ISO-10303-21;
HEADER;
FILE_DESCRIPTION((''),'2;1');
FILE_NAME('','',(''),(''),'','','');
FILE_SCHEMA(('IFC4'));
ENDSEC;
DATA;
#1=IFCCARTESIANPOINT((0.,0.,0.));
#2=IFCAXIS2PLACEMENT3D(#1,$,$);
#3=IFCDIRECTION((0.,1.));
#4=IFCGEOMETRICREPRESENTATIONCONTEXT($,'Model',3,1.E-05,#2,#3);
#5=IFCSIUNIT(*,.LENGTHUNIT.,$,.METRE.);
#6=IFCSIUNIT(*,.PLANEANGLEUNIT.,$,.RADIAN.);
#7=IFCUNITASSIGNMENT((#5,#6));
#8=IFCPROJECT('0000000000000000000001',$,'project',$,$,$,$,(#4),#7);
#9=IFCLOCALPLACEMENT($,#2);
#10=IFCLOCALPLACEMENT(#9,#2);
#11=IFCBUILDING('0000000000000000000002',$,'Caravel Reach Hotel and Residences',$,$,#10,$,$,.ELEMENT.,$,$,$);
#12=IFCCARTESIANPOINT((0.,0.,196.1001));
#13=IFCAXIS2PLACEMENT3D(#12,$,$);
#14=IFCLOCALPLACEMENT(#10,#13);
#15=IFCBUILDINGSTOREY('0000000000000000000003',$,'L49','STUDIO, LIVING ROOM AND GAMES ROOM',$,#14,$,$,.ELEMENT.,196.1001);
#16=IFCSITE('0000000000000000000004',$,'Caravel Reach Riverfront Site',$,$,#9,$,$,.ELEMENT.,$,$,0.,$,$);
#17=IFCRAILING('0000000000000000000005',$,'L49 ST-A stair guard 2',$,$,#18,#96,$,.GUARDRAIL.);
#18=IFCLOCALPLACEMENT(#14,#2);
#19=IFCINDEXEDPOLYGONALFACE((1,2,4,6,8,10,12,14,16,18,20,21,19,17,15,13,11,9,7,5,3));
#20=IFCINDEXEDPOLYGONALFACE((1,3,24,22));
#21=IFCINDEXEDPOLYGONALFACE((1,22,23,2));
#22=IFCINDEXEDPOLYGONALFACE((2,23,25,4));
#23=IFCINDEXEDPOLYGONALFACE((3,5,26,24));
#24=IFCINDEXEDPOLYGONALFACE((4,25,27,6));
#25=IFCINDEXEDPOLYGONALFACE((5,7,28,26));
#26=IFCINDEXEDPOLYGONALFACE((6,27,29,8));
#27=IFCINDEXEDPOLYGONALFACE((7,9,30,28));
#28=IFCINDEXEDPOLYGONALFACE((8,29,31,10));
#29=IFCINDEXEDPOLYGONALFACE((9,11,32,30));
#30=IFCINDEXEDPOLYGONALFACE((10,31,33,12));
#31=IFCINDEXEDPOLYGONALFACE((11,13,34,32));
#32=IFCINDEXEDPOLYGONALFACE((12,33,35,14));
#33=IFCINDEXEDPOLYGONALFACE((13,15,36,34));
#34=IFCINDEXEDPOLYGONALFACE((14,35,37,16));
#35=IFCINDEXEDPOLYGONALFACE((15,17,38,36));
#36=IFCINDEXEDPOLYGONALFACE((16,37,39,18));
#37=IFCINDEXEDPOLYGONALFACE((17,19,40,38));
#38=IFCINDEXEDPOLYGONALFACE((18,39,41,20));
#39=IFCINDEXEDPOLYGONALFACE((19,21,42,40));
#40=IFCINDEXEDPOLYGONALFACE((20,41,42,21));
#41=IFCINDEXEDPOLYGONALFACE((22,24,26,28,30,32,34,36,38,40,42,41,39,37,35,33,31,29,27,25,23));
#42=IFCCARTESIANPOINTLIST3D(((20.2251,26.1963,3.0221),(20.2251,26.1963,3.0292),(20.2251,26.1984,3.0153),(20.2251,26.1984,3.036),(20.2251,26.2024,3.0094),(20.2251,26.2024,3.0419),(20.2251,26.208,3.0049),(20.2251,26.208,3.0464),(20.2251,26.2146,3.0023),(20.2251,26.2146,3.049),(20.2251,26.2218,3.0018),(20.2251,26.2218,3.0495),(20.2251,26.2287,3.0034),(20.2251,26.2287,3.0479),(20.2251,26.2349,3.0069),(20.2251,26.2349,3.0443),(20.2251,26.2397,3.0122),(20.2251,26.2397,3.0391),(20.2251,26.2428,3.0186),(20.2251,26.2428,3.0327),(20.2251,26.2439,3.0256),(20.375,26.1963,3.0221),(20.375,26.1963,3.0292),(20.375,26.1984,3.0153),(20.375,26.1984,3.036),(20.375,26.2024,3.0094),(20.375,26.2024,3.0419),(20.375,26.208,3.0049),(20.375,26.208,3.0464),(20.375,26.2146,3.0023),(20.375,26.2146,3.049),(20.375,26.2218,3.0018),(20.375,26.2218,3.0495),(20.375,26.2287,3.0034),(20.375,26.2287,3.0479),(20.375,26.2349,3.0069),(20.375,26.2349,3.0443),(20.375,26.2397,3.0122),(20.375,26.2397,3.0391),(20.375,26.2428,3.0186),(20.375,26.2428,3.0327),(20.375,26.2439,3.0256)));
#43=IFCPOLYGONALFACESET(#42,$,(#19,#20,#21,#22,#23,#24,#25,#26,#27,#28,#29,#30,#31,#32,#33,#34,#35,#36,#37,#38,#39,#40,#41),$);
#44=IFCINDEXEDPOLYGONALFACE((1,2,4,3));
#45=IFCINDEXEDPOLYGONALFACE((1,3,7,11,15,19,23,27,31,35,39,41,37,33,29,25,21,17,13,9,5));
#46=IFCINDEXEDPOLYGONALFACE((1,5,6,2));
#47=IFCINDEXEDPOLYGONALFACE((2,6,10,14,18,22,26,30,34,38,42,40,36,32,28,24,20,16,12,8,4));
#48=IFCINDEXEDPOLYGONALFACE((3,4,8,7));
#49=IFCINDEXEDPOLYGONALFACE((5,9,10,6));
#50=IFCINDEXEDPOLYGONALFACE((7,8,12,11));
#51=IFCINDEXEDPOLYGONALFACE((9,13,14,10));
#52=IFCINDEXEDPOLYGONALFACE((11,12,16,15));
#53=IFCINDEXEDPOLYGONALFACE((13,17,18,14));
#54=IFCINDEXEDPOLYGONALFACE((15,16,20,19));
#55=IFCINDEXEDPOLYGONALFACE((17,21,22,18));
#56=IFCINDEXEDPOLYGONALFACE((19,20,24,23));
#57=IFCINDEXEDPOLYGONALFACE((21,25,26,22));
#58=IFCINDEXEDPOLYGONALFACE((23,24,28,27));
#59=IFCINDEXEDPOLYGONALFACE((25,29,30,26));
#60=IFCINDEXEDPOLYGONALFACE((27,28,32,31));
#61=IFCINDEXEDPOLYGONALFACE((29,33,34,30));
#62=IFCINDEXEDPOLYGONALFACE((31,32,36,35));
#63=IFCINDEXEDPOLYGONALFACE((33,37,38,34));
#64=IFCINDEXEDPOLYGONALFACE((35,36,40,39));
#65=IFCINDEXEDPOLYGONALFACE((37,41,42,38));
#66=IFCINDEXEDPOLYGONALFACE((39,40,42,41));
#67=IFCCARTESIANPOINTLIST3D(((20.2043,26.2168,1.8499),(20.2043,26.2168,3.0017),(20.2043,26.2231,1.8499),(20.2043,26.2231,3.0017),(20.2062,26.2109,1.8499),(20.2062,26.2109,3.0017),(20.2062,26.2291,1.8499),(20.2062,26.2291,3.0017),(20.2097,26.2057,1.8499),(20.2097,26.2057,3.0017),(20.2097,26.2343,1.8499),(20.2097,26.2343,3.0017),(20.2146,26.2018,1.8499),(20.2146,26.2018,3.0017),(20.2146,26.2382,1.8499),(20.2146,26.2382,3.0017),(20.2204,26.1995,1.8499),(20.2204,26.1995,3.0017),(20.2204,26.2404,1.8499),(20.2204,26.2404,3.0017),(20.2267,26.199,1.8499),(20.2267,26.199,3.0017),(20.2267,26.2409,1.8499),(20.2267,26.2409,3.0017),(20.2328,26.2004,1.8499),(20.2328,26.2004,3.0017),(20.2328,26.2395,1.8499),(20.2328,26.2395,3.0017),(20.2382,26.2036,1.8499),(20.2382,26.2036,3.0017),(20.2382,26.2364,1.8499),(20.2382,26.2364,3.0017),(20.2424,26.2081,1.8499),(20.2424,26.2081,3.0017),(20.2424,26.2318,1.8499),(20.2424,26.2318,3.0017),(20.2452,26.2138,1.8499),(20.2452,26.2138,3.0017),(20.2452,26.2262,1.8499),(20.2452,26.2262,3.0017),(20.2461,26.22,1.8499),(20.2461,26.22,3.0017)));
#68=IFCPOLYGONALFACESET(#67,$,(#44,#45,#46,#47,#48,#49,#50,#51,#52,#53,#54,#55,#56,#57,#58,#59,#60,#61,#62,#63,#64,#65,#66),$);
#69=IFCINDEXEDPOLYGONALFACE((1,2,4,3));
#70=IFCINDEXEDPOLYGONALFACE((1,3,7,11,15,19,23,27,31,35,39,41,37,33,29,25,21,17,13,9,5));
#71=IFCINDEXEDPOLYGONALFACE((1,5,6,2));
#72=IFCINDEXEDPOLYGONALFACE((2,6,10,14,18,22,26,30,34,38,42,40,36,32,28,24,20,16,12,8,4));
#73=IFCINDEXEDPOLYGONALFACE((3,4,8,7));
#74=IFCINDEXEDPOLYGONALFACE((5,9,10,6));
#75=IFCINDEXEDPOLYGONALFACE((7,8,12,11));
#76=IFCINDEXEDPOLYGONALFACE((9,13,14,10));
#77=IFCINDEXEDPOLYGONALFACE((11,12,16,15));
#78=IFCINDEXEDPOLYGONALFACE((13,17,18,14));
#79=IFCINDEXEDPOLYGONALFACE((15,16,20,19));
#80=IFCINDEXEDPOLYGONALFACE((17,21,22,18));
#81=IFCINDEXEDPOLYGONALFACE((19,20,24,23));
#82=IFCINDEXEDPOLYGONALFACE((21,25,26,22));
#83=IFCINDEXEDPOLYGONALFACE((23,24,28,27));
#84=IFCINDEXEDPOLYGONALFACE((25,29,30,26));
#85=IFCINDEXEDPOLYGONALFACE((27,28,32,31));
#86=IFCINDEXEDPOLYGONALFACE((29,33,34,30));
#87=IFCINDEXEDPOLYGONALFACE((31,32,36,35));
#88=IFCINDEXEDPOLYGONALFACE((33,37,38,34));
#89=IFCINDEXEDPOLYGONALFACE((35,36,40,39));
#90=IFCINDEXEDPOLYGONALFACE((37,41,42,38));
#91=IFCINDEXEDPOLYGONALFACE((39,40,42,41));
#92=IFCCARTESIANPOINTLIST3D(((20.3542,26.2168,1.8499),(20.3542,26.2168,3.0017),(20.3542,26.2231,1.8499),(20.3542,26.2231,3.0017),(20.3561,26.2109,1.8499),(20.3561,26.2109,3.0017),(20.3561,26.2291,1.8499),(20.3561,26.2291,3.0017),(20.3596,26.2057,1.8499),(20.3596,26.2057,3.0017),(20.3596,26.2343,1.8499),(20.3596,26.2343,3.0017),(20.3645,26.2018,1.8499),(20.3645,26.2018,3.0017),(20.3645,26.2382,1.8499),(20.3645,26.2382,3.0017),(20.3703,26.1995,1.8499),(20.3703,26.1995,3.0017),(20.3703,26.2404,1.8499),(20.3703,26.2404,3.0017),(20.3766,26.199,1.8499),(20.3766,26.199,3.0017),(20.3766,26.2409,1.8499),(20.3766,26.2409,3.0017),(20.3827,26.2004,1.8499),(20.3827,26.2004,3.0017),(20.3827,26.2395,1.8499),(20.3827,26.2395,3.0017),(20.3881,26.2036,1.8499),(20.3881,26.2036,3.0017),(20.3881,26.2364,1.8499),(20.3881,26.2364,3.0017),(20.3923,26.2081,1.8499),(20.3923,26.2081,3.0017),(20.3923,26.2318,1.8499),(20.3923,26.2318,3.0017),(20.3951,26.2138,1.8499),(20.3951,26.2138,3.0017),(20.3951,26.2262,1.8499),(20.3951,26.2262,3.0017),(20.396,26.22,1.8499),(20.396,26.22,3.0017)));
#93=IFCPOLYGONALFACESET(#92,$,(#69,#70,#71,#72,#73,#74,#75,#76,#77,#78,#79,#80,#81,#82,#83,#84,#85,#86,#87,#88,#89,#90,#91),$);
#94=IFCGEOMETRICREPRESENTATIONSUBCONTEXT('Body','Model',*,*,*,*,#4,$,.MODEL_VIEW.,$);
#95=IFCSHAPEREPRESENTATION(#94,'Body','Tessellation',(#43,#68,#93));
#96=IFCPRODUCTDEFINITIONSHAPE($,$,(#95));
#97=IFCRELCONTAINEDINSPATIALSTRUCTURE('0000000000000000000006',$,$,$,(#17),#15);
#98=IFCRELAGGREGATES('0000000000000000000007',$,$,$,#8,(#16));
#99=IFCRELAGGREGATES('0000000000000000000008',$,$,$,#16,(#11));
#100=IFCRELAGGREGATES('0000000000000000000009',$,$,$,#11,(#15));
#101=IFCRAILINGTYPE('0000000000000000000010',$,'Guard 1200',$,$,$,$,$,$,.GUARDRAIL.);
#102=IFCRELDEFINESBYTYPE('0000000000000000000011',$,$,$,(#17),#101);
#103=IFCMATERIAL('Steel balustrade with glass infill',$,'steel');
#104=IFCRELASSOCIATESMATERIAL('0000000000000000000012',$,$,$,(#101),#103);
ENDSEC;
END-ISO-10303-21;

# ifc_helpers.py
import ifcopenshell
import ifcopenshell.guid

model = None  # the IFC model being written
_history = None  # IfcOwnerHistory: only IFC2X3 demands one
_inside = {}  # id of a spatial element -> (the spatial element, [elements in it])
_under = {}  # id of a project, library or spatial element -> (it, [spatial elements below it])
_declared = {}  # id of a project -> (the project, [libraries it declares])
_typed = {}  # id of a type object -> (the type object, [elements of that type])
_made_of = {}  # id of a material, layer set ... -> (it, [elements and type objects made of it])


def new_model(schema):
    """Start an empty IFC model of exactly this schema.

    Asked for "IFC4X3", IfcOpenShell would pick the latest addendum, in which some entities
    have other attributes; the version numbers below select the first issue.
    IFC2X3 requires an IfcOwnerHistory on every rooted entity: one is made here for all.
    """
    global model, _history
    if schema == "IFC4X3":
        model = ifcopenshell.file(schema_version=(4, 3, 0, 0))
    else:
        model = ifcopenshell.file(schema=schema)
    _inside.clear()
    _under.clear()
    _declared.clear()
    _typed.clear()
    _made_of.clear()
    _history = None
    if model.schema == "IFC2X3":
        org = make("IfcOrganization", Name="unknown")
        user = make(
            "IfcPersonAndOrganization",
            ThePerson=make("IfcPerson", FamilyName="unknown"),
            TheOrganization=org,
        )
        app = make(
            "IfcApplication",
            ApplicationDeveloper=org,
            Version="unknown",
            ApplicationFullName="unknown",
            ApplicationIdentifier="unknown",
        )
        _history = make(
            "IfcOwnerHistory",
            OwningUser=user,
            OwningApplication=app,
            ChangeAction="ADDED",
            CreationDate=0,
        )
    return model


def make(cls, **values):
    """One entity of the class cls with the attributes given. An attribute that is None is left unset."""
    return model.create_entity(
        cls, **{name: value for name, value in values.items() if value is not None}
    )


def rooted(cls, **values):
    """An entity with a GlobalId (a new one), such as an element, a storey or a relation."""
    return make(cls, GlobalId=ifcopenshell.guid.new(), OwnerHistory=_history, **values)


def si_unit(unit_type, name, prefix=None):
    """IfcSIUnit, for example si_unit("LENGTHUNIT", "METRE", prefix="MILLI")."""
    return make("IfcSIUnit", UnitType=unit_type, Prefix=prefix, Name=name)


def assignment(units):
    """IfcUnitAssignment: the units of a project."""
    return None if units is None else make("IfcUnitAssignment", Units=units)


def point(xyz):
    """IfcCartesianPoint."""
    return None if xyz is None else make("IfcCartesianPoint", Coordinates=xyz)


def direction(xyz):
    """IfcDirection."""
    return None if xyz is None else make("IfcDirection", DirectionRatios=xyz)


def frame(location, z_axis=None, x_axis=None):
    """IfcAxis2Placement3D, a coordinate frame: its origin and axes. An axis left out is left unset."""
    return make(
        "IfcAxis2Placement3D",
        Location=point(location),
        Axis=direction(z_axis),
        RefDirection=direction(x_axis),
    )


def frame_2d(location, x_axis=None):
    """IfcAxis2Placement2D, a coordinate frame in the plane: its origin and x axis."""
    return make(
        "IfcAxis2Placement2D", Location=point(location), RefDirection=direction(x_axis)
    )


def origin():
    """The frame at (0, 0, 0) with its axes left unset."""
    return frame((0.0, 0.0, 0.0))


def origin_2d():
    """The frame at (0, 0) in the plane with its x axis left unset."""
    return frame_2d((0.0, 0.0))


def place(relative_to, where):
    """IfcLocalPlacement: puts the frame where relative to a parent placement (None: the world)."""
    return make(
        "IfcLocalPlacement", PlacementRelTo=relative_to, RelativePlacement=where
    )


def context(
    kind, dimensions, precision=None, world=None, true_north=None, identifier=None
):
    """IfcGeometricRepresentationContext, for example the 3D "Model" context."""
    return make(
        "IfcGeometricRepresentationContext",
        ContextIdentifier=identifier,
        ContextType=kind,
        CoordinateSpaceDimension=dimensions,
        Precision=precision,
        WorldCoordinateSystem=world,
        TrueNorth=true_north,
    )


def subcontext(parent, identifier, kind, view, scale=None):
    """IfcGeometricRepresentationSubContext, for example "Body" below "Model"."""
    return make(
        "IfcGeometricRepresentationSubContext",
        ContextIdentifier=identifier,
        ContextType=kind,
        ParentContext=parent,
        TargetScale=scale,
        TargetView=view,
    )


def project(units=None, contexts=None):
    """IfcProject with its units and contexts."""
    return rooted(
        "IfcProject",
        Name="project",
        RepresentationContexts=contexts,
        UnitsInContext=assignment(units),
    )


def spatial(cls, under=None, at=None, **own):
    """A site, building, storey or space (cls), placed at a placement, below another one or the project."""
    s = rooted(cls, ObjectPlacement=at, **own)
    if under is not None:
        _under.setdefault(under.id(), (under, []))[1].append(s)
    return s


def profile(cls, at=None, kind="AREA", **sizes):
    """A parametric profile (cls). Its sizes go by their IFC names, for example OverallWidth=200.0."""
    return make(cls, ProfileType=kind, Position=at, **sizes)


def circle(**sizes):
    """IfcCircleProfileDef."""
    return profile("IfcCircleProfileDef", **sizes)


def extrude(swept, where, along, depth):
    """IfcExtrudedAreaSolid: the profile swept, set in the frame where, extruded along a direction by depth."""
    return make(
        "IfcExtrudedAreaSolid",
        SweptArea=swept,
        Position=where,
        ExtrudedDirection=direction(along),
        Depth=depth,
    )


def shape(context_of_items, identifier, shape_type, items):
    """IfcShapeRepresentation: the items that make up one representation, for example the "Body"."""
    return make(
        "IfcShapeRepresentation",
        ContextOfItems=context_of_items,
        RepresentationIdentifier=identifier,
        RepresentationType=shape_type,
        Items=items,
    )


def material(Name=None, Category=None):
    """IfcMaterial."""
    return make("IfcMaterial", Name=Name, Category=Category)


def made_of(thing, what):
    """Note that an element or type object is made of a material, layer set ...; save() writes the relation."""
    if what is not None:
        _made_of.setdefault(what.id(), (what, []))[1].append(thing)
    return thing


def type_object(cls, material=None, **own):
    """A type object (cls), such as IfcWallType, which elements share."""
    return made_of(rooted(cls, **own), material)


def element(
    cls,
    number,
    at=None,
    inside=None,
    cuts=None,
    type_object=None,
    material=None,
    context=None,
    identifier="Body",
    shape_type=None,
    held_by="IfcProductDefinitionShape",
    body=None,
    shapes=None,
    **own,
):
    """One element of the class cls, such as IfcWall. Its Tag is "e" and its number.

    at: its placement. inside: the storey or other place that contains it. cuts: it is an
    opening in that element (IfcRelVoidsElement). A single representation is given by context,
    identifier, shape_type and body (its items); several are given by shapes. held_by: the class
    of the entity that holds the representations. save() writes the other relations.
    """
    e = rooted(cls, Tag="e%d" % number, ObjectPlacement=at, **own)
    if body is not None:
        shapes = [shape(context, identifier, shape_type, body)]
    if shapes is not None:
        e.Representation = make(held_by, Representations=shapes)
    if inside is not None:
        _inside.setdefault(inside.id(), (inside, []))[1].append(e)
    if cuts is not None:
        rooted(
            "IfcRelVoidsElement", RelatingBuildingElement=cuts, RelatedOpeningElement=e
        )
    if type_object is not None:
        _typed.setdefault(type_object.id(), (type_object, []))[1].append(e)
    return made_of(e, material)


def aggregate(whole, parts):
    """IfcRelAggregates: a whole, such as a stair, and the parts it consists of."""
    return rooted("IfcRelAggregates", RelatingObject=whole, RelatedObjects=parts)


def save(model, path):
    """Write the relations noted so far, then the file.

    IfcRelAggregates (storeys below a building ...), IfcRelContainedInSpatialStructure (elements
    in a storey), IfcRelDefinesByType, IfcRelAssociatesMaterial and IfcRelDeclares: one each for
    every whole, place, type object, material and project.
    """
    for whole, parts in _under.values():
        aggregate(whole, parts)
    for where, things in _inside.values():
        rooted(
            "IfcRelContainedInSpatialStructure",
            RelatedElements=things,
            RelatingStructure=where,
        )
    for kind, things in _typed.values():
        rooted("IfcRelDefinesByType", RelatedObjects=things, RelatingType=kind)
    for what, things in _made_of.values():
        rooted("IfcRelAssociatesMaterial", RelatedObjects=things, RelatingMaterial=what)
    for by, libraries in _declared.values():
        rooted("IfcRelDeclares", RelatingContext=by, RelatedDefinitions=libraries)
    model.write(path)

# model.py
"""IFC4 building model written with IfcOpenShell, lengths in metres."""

from ifc_helpers import new_model, si_unit, direction, frame, origin, origin_2d, place, context, subcontext, project, spatial, circle, extrude, material, type_object, element, save


model = new_model("IFC4")

# Units and contexts
model_context = context("Model", 3, precision=1e-05, world=origin(), true_north=direction((0.0, 1.0)))
body_context = subcontext(model_context, "Body", "Model", "MODEL_VIEW")
ifc_project = project(units=[si_unit("LENGTHUNIT", "METRE"), si_unit("PLANEANGLEUNIT", "RADIAN")], contexts=[model_context])

# Site, building, storey
site_placement = place(None, origin())
site = spatial("IfcSite", under=ifc_project, at=site_placement, Name="Caravel Reach Riverfront Site", CompositionType="ELEMENT", RefElevation=0.0)
building_placement = place(site_placement, origin())
building = spatial("IfcBuilding", under=site, at=building_placement, Name="Caravel Reach Hotel and Residences", CompositionType="ELEMENT")
storey_placement = place(building_placement, frame((0.0, 0.0, 196.1001)))
storey = spatial("IfcBuildingStorey", under=building, at=storey_placement, Name="L49", Description="STUDIO, LIVING ROOM AND GAMES ROOM", CompositionType="ELEMENT", Elevation=196.1001)

# Railing
ifc_material_1 = material(Name="Steel balustrade with glass infill", Category="steel")
railing_type_1 = type_object("IfcRailingType", Name="Guard 1200", PredefinedType="GUARDRAIL", material=ifc_material_1)
railing_1_placement = place(storey_placement, frame((20.2251, 26.22, 1.8499)))
element("IfcRailing", 1, at=railing_1_placement, inside=storey, type_object=railing_type_1, Name="L49 ST-A stair guard 2", PredefinedType="GUARDRAIL", context=body_context, shape_type="SweptSolid", body=[
    extrude(circle(Radius=0.0239, at=origin_2d()), frame((0.0, 0.0, 1.1758), z_axis=(1.0, 0.0, 0.0), x_axis=(0.0, 1.0, 0.0)), (0.0, 0.0, 1.0), 0.1499),
    extrude(circle(Radius=0.021, at=origin_2d()), origin(), (0.0, 0.0, 1.0), 1.1519),
    extrude(circle(Radius=0.021, at=origin_2d()), frame((0.1499, 0.0, 0.0)), (0.0, 0.0, 1.0), 1.1519),
])

save(model, "model.ifc")
